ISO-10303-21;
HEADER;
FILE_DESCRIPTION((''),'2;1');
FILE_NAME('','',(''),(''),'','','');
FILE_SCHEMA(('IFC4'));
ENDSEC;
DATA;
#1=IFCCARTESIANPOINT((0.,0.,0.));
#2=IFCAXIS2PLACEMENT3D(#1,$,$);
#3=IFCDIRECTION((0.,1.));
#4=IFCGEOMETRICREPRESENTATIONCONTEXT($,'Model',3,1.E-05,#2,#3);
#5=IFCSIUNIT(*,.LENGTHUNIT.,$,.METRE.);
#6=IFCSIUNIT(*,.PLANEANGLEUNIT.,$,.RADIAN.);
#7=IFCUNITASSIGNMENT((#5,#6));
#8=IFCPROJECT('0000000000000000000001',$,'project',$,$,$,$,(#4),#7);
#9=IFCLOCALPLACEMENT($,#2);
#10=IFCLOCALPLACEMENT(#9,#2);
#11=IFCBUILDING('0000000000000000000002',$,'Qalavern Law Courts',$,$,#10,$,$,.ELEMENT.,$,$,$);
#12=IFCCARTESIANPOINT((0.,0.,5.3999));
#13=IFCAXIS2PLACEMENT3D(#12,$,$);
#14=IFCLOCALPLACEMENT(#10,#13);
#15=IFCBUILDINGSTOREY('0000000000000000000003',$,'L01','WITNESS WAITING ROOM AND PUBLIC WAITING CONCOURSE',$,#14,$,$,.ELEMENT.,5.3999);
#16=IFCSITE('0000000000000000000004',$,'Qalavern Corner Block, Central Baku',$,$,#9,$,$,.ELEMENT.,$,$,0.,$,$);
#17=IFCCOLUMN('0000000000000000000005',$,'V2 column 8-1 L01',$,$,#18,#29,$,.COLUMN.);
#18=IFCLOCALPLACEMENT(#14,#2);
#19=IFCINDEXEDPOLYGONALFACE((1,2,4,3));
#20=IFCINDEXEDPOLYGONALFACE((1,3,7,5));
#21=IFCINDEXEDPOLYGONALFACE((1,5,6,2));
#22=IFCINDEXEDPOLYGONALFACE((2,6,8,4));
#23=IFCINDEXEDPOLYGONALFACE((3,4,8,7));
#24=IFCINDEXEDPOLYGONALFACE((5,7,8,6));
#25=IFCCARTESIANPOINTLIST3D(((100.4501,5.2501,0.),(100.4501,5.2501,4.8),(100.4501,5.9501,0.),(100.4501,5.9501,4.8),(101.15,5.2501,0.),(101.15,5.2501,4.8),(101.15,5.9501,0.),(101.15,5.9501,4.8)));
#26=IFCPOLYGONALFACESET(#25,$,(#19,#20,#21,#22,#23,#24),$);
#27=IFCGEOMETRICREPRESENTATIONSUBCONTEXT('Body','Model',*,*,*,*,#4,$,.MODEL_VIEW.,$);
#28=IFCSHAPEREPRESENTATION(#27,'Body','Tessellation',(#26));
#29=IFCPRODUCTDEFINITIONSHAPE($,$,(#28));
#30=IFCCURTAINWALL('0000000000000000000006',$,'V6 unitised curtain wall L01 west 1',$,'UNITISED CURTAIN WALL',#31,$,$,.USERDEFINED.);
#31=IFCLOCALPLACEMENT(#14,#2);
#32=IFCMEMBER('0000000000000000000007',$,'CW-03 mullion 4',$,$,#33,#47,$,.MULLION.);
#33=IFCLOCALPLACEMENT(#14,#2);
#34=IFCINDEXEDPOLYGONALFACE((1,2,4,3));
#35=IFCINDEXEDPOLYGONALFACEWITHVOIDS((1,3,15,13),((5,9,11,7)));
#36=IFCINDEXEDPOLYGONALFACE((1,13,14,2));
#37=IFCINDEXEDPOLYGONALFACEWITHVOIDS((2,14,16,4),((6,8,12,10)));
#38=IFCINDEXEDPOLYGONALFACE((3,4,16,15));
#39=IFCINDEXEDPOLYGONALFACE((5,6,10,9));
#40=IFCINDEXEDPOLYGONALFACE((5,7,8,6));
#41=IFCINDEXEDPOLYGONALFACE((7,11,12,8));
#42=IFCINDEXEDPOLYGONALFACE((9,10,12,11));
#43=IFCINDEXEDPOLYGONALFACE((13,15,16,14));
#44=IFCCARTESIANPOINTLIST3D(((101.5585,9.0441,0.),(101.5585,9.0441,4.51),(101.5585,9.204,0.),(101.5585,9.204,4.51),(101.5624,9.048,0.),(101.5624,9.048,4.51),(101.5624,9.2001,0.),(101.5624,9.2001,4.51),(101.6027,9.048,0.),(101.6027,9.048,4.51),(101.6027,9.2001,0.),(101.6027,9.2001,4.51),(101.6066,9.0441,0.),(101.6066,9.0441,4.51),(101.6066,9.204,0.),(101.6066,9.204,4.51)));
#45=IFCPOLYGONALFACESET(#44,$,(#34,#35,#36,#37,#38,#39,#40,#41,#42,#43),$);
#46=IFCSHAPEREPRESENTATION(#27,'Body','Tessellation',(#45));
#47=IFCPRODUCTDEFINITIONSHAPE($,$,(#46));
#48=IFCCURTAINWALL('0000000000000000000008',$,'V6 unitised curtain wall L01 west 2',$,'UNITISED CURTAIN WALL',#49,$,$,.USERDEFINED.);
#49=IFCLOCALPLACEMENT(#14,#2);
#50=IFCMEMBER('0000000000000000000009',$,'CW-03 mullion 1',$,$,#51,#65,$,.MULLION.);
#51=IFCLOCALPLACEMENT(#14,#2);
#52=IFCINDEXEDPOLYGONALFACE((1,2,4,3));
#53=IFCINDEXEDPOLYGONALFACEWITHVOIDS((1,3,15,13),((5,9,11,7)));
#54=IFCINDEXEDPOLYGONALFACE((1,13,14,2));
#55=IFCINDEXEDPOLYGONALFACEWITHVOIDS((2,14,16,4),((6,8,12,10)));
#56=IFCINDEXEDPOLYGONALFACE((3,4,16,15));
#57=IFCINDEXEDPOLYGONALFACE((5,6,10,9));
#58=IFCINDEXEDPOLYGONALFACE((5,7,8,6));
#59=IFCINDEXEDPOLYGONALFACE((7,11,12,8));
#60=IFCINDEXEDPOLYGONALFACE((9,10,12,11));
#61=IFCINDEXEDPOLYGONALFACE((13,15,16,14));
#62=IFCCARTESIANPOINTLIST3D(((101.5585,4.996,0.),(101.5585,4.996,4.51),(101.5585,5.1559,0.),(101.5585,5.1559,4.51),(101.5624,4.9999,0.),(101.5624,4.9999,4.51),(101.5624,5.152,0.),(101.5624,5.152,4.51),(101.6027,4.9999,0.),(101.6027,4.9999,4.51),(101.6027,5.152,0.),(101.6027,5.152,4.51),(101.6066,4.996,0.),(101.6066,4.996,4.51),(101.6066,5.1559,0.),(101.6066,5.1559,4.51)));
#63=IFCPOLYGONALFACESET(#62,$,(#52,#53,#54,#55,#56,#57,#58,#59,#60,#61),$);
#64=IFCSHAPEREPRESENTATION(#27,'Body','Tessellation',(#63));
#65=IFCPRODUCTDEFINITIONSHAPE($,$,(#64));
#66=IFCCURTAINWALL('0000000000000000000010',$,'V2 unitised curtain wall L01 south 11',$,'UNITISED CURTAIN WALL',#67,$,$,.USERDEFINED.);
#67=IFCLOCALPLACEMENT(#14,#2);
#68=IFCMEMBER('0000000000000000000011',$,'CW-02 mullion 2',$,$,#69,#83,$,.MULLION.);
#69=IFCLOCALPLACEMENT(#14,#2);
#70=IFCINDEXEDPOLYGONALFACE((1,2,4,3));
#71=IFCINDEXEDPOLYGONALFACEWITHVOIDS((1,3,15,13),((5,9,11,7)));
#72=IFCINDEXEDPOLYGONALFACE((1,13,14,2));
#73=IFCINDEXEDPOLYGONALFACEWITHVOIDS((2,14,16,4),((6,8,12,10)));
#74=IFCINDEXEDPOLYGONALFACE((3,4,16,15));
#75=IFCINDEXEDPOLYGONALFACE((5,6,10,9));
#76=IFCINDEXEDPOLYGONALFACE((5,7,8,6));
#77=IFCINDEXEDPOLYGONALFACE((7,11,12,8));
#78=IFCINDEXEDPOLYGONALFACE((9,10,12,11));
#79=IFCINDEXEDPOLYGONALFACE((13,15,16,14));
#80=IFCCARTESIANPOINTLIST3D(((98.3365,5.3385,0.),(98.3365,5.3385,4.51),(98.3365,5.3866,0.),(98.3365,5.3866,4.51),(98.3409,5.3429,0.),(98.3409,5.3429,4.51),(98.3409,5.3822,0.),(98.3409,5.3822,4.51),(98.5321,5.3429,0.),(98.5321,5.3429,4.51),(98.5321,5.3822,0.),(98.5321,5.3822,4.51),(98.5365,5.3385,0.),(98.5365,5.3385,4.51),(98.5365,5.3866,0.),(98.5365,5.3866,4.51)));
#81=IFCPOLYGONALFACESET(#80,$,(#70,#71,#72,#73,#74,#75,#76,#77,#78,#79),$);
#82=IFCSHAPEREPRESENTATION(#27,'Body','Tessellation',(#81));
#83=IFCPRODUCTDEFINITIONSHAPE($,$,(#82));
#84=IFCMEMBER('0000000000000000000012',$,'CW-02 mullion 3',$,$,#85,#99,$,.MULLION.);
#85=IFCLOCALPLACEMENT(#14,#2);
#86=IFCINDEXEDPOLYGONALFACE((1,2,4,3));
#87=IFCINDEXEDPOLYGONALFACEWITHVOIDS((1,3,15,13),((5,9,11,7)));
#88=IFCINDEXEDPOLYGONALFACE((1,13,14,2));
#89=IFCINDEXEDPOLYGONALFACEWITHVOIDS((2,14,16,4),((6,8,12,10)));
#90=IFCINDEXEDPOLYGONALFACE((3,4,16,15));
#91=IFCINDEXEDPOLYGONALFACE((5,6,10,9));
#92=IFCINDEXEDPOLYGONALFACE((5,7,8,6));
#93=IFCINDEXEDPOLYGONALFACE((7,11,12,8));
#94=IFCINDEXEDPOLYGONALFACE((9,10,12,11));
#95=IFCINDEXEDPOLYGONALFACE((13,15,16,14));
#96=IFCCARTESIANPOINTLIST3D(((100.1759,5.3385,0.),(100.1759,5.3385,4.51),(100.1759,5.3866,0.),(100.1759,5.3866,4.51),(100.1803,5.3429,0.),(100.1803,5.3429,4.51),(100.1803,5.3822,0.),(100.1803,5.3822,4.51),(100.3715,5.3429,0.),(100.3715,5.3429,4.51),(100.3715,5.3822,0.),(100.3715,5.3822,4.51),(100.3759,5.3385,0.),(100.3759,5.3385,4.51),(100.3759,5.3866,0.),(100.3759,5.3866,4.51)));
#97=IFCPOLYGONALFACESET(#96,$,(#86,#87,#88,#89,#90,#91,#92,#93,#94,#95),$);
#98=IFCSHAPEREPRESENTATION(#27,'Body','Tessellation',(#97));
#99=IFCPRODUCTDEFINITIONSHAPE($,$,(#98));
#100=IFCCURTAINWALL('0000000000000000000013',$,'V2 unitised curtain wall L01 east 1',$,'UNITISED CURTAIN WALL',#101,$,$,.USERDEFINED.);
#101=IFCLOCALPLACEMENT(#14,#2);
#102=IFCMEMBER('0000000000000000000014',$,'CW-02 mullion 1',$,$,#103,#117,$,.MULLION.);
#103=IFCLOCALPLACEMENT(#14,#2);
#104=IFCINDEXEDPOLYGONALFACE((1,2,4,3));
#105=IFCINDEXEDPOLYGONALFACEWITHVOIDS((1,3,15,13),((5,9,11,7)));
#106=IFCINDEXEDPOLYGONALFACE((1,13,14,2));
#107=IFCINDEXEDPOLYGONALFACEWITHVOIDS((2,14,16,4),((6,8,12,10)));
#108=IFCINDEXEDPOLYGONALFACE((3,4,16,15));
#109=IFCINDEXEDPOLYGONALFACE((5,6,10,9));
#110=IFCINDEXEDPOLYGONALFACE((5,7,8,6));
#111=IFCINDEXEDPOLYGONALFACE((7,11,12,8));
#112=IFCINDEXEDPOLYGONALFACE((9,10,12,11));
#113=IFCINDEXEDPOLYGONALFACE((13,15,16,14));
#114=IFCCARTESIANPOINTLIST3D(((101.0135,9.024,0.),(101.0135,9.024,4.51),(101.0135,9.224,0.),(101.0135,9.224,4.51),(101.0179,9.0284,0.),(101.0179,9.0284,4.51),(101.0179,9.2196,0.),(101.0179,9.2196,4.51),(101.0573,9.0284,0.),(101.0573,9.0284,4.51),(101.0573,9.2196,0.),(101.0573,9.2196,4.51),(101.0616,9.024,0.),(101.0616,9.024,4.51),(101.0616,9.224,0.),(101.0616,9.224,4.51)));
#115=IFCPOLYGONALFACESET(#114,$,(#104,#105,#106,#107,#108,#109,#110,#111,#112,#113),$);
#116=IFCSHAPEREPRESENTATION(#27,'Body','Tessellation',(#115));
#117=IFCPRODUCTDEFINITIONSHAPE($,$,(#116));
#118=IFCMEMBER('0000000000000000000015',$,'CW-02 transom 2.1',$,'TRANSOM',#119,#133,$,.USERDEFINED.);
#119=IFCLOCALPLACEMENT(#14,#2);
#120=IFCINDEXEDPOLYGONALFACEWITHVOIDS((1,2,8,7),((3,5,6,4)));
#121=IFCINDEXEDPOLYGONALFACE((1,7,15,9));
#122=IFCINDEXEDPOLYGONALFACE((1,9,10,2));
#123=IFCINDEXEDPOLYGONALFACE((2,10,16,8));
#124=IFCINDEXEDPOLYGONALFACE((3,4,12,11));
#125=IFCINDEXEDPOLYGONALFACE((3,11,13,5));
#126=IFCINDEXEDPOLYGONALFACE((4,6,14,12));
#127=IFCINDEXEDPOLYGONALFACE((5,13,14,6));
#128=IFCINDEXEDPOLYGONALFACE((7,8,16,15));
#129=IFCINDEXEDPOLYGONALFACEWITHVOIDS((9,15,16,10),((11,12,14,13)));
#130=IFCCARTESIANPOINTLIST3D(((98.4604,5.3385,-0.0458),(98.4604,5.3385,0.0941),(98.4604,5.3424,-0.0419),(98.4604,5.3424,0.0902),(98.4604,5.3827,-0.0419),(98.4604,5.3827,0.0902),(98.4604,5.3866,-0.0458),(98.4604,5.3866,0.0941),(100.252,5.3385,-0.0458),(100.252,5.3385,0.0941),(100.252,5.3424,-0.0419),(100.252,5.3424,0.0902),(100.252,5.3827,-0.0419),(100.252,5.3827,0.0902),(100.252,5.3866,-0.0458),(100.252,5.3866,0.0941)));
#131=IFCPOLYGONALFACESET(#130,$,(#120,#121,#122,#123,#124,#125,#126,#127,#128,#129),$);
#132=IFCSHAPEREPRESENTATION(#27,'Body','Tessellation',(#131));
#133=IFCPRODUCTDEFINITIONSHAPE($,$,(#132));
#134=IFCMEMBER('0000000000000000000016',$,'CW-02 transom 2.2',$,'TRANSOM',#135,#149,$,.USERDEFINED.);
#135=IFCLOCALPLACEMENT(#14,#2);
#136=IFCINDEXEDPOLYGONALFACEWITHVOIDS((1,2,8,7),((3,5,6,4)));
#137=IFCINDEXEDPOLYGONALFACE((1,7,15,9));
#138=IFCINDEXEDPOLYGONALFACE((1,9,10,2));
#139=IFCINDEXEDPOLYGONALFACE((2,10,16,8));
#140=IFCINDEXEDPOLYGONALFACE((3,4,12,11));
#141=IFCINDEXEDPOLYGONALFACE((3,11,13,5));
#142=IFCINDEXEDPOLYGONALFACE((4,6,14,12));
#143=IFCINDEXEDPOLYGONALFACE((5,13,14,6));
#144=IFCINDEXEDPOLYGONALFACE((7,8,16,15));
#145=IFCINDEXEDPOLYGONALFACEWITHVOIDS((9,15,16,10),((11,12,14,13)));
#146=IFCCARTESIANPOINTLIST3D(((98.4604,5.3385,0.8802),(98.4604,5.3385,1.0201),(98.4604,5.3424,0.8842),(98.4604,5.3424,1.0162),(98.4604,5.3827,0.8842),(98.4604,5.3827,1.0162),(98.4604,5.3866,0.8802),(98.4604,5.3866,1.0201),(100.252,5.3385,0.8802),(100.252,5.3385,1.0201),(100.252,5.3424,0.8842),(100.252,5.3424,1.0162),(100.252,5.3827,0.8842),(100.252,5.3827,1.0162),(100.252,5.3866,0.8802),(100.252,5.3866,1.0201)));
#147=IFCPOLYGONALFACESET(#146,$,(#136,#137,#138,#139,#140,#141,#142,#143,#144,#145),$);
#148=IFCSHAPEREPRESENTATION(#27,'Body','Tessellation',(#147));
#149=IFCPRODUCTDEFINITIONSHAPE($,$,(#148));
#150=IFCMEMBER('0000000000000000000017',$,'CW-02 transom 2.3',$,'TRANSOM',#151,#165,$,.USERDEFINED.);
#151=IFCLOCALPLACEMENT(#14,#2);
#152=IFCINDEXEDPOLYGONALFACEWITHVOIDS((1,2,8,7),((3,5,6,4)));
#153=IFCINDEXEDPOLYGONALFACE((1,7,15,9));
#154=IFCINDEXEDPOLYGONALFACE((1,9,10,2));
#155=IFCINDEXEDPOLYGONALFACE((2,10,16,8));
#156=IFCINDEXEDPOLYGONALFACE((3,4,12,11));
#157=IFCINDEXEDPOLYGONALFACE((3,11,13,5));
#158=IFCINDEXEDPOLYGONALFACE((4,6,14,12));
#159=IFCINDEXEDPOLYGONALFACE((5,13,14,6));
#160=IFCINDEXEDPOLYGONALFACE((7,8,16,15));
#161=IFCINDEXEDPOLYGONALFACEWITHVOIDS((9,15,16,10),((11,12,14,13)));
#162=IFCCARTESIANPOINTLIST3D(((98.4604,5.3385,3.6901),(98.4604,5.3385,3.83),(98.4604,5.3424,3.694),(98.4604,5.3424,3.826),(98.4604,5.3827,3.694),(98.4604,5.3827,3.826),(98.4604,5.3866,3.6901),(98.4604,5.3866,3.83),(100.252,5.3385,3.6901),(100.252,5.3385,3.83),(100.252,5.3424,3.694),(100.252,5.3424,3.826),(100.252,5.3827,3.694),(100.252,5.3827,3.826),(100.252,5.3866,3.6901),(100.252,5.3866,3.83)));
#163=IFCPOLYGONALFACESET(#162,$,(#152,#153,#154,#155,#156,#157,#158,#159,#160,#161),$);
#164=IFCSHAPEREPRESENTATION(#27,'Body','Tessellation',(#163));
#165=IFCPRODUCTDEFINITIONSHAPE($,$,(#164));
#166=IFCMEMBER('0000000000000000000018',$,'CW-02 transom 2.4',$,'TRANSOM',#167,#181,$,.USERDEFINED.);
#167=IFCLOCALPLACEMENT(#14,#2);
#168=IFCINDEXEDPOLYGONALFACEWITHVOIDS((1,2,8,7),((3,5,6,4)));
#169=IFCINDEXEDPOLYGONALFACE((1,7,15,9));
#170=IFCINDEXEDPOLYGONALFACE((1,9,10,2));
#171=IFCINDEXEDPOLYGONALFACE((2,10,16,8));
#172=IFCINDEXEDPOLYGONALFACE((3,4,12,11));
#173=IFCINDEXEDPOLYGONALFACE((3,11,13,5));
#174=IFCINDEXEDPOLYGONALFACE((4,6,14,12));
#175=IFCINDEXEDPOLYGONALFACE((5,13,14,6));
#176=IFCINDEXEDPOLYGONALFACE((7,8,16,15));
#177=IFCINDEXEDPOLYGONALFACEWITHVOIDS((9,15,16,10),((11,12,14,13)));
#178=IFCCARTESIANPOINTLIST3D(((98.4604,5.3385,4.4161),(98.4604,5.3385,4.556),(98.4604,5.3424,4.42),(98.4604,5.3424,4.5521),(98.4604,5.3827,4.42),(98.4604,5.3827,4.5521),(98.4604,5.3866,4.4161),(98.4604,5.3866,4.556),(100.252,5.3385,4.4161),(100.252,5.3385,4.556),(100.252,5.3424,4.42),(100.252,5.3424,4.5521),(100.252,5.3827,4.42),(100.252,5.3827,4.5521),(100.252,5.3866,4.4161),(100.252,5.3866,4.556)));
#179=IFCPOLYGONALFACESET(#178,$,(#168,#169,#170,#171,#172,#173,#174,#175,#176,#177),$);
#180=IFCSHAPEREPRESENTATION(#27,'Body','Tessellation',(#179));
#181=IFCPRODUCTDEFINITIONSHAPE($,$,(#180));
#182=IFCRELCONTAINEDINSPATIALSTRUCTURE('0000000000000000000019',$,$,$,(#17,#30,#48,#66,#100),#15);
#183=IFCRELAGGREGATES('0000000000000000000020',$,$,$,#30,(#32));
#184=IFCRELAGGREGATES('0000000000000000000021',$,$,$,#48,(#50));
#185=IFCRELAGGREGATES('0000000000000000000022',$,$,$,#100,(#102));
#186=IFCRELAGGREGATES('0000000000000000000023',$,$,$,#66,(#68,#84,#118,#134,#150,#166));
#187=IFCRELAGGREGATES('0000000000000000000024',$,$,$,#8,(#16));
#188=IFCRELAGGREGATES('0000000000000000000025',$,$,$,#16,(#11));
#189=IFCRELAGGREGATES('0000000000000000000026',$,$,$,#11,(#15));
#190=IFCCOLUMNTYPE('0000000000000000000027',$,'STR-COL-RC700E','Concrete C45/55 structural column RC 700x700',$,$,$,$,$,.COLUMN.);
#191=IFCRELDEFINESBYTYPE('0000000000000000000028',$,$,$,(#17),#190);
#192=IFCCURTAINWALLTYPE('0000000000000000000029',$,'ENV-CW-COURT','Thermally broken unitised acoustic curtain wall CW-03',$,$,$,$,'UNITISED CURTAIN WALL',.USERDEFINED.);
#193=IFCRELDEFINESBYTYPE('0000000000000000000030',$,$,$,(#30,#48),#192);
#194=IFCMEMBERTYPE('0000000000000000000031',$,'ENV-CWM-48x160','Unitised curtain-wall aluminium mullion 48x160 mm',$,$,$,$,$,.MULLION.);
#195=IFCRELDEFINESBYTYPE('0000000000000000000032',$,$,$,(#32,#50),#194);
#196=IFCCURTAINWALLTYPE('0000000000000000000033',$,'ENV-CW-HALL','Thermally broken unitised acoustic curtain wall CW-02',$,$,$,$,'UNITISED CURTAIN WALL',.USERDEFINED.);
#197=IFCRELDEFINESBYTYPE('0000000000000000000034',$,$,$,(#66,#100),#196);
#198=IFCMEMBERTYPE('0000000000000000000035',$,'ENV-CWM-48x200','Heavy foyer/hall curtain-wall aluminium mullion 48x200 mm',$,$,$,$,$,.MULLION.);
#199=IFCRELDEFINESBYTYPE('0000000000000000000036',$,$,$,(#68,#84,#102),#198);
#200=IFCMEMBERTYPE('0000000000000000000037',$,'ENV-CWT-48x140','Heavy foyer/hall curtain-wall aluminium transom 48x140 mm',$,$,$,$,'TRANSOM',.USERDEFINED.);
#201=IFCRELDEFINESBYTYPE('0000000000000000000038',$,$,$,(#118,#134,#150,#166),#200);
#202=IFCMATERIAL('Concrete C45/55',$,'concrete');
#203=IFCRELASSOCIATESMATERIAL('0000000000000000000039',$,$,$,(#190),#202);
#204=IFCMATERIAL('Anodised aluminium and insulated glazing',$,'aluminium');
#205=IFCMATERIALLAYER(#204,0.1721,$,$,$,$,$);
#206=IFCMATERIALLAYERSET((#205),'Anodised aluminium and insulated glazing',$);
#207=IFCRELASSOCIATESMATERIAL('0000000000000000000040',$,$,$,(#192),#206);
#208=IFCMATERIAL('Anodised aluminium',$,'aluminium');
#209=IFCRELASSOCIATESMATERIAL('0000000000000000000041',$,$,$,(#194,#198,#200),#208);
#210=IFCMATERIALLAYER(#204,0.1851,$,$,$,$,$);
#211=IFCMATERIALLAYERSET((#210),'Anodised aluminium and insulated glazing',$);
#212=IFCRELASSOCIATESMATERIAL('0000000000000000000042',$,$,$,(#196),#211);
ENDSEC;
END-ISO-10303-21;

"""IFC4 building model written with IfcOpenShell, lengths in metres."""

from ifc_helpers import new_model, si_unit, direction, frame, origin, origin_2d, place, context, subcontext, project, spatial, rectangle, hollow_rectangle, extrude, material, layer, layer_set, material_profile, profile_set, type_object, element, aggregate, save


model = new_model("IFC4")

# Units and contexts
model_context = context("Model", 3, precision=1e-05, world=origin(), true_north=direction((0.0, 1.0)))
body_context = subcontext(model_context, "Body", "Model", "MODEL_VIEW")
ifc_project = project(units=[si_unit("LENGTHUNIT", "METRE"), si_unit("PLANEANGLEUNIT", "RADIAN")], contexts=[model_context])

# Site, building, storey
site_placement = place(None, origin())
site = spatial("IfcSite", under=ifc_project, at=site_placement, Name="Qalavern Corner Block, Central Baku", CompositionType="ELEMENT", RefElevation=0.0)
building_placement = place(site_placement, origin())
building = spatial("IfcBuilding", under=site, at=building_placement, Name="Qalavern Law Courts", CompositionType="ELEMENT")
storey_placement = place(building_placement, frame((0.0, 0.0, 5.3999)))
storey = spatial("IfcBuildingStorey", under=building, at=storey_placement, Name="L01", Description="WITNESS WAITING ROOM AND PUBLIC WAITING CONCOURSE", CompositionType="ELEMENT", Elevation=5.3999)

# Column
ifc_material_1 = material(Name="Concrete C45/55", Category="concrete")
ifc_material_profile_1 = material_profile(ifc_material_1, rectangle(XDim=0.7, YDim=0.7, at=origin_2d()), Name="RC 700x700")
ifc_profile_set_1 = profile_set([ifc_material_profile_1], Name="Concrete C45/55")
column_type = type_object("IfcColumnType", Name="STR-COL-RC700E", Description="Concrete C45/55 structural column RC 700x700", PredefinedType="COLUMN", material=ifc_profile_set_1)
column_placement = place(storey_placement, frame((100.8, 5.6001, 0.0), z_axis=(0.0, 0.0, 1.0), x_axis=(1.0, 0.0, 0.0)))
element("IfcColumn", 1, at=column_placement, inside=storey, type_object=column_type, Name="V2 column 8-1 L01", PredefinedType="COLUMN", context=body_context, shape_type="SweptSolid", body=[
    extrude(rectangle(XDim=0.7, YDim=0.7, at=origin_2d()), origin(), (0.0, 0.0, 1.0), 4.8),
])

# Curtain walls, members
ifc_material_2 = material(Name="Anodised aluminium and insulated glazing", Category="aluminium")
ifc_layer_1 = layer(ifc_material_2, 0.1721)
ifc_layer_set_1 = layer_set([ifc_layer_1], Name="Anodised aluminium and insulated glazing")
curtain_wall_type_1 = type_object("IfcCurtainWallType", Name="ENV-CW-COURT", Description="Thermally broken unitised acoustic curtain wall CW-03", ElementType="UNITISED CURTAIN WALL", PredefinedType="USERDEFINED", material=ifc_layer_set_1)
curtain_wall_1_placement = place(storey_placement, origin())
curtain_wall_1 = element("IfcCurtainWall", 2, at=curtain_wall_1_placement, inside=storey, type_object=curtain_wall_type_1, Name="V6 unitised curtain wall L01 west 1", ObjectType="UNITISED CURTAIN WALL", PredefinedType="USERDEFINED")
ifc_material_3 = material(Name="Anodised aluminium", Category="aluminium")
ifc_material_profile_2 = material_profile(ifc_material_3, hollow_rectangle(XDim=0.0481, YDim=0.1599, WallThickness=0.0039, at=origin_2d()), Name="ALU MULLION 48x160")
ifc_profile_set_2 = profile_set([ifc_material_profile_2], Name="Anodised aluminium")
member_type_1 = type_object("IfcMemberType", Name="ENV-CWM-48x160", Description="Unitised curtain-wall aluminium mullion 48x160 mm", PredefinedType="MULLION", material=ifc_profile_set_2)
member_1_placement = place(storey_placement, frame((101.5825, 9.124, 0.0), z_axis=(0.0, 0.0, 1.0), x_axis=(1.0, 0.0, 0.0)))
member_1 = element("IfcMember", 3, at=member_1_placement, type_object=member_type_1, Name="CW-03 mullion 4", PredefinedType="MULLION", context=body_context, shape_type="SweptSolid", body=[
    extrude(hollow_rectangle(XDim=0.0481, YDim=0.1599, WallThickness=0.0039, at=origin_2d()), origin(), (0.0, 0.0, 1.0), 4.51),
])
aggregate(curtain_wall_1, [member_1])
curtain_wall_2_placement = place(storey_placement, origin())
curtain_wall_2 = element("IfcCurtainWall", 4, at=curtain_wall_2_placement, inside=storey, type_object=curtain_wall_type_1, Name="V6 unitised curtain wall L01 west 2", ObjectType="UNITISED CURTAIN WALL", PredefinedType="USERDEFINED")
member_2_placement = place(storey_placement, frame((101.5825, 5.0759, 0.0), z_axis=(0.0, 0.0, 1.0), x_axis=(1.0, 0.0, 0.0)))
member_2 = element("IfcMember", 5, at=member_2_placement, type_object=member_type_1, Name="CW-03 mullion 1", PredefinedType="MULLION", context=body_context, shape_type="SweptSolid", body=[
    extrude(hollow_rectangle(XDim=0.0481, YDim=0.1599, WallThickness=0.0039, at=origin_2d()), origin(), (0.0, 0.0, 1.0), 4.51),
])
aggregate(curtain_wall_2, [member_2])

# Curtain wall, members
ifc_layer_2 = layer(ifc_material_2, 0.1851)
ifc_layer_set_2 = layer_set([ifc_layer_2], Name="Anodised aluminium and insulated glazing")
curtain_wall_type_2 = type_object("IfcCurtainWallType", Name="ENV-CW-HALL", Description="Thermally broken unitised acoustic curtain wall CW-02", ElementType="UNITISED CURTAIN WALL", PredefinedType="USERDEFINED", material=ifc_layer_set_2)
curtain_wall_3_placement = place(storey_placement, origin())
curtain_wall_3 = element("IfcCurtainWall", 6, at=curtain_wall_3_placement, inside=storey, type_object=curtain_wall_type_2, Name="V2 unitised curtain wall L01 south 11", ObjectType="UNITISED CURTAIN WALL", PredefinedType="USERDEFINED")
ifc_material_profile_3 = material_profile(ifc_material_3, hollow_rectangle(XDim=0.0481, YDim=0.2, WallThickness=0.0044, at=origin_2d()), Name="ALU MULLION 48x200")
ifc_profile_set_3 = profile_set([ifc_material_profile_3], Name="Anodised aluminium")
member_type_2 = type_object("IfcMemberType", Name="ENV-CWM-48x200", Description="Heavy foyer/hall curtain-wall aluminium mullion 48x200 mm", PredefinedType="MULLION", material=ifc_profile_set_3)
member_3_placement = place(storey_placement, frame((98.4365, 5.3625, 0.0), z_axis=(0.0, 0.0, 1.0), x_axis=(0.0, 1.0, 0.0)))
member_3 = element("IfcMember", 7, at=member_3_placement, type_object=member_type_2, Name="CW-02 mullion 2", PredefinedType="MULLION", context=body_context, shape_type="SweptSolid", body=[
    extrude(hollow_rectangle(XDim=0.0481, YDim=0.2, WallThickness=0.0044, at=origin_2d()), origin(), (0.0, 0.0, 1.0), 4.51),
])
member_4_placement = place(storey_placement, frame((100.2759, 5.3625, 0.0), z_axis=(0.0, 0.0, 1.0), x_axis=(0.0, 1.0, 0.0)))
member_4 = element("IfcMember", 8, at=member_4_placement, type_object=member_type_2, Name="CW-02 mullion 3", PredefinedType="MULLION", context=body_context, shape_type="SweptSolid", body=[
    extrude(hollow_rectangle(XDim=0.0481, YDim=0.2, WallThickness=0.0044, at=origin_2d()), origin(), (0.0, 0.0, 1.0), 4.51),
])

# Curtain wall, member
curtain_wall_4_placement = place(storey_placement, origin())
curtain_wall_4 = element("IfcCurtainWall", 9, at=curtain_wall_4_placement, inside=storey, type_object=curtain_wall_type_2, Name="V2 unitised curtain wall L01 east 1", ObjectType="UNITISED CURTAIN WALL", PredefinedType="USERDEFINED")
member_5_placement = place(storey_placement, frame((101.0376, 9.124, 0.0), z_axis=(0.0, 0.0, 1.0), x_axis=(-1.0, 0.0, 0.0)))
member_5 = element("IfcMember", 10, at=member_5_placement, type_object=member_type_2, Name="CW-02 mullion 1", PredefinedType="MULLION", context=body_context, shape_type="SweptSolid", body=[
    extrude(hollow_rectangle(XDim=0.0481, YDim=0.2, WallThickness=0.0044, at=origin_2d()), origin(), (0.0, 0.0, 1.0), 4.51),
])
aggregate(curtain_wall_4, [member_5])

# Members
ifc_material_profile_4 = material_profile(ifc_material_3, hollow_rectangle(XDim=0.0481, YDim=0.1399, WallThickness=0.0039, at=origin_2d()), Name="ALU TRANSOM 48x140")
ifc_profile_set_4 = profile_set([ifc_material_profile_4], Name="Anodised aluminium")
member_type_3 = type_object("IfcMemberType", Name="ENV-CWT-48x140", Description="Heavy foyer/hall curtain-wall aluminium transom 48x140 mm", ElementType="TRANSOM", PredefinedType="USERDEFINED", material=ifc_profile_set_4)
member_6_placement = place(storey_placement, frame((98.4604, 5.3625, 0.0242), z_axis=(1.0, 0.0, 0.0), x_axis=(0.0, 1.0, 0.0)))
member_6 = element("IfcMember", 11, at=member_6_placement, type_object=member_type_3, Name="CW-02 transom 2.1", ObjectType="TRANSOM", PredefinedType="USERDEFINED", context=body_context, shape_type="SweptSolid", body=[
    extrude(hollow_rectangle(XDim=0.0481, YDim=0.1399, WallThickness=0.0039, at=origin_2d()), origin(), (0.0, 0.0, 1.0), 1.7915),
])
member_7_placement = place(storey_placement, frame((98.4604, 5.3625, 0.9502), z_axis=(1.0, 0.0, 0.0), x_axis=(0.0, 1.0, 0.0)))
member_7 = element("IfcMember", 12, at=member_7_placement, type_object=member_type_3, Name="CW-02 transom 2.2", ObjectType="TRANSOM", PredefinedType="USERDEFINED", context=body_context, shape_type="SweptSolid", body=[
    extrude(hollow_rectangle(XDim=0.0481, YDim=0.1399, WallThickness=0.0039, at=origin_2d()), origin(), (0.0, 0.0, 1.0), 1.7915),
])
member_8_placement = place(storey_placement, frame((98.4604, 5.3625, 3.76), z_axis=(1.0, 0.0, 0.0), x_axis=(0.0, 1.0, 0.0)))
member_8 = element("IfcMember", 13, at=member_8_placement, type_object=member_type_3, Name="CW-02 transom 2.3", ObjectType="TRANSOM", PredefinedType="USERDEFINED", context=body_context, shape_type="SweptSolid", body=[
    extrude(hollow_rectangle(XDim=0.0481, YDim=0.1399, WallThickness=0.0039, at=origin_2d()), origin(), (0.0, 0.0, 1.0), 1.7915),
])
member_9_placement = place(storey_placement, frame((98.4604, 5.3625, 4.4861), z_axis=(1.0, 0.0, 0.0), x_axis=(0.0, 1.0, 0.0)))
member_9 = element("IfcMember", 14, at=member_9_placement, type_object=member_type_3, Name="CW-02 transom 2.4", ObjectType="TRANSOM", PredefinedType="USERDEFINED", context=body_context, shape_type="SweptSolid", body=[
    extrude(hollow_rectangle(XDim=0.0481, YDim=0.1399, WallThickness=0.0039, at=origin_2d()), origin(), (0.0, 0.0, 1.0), 1.7915),
])

aggregate(curtain_wall_3, [member_3, member_4, member_6, member_7, member_8, member_9])

save(model, "model.ifc")
